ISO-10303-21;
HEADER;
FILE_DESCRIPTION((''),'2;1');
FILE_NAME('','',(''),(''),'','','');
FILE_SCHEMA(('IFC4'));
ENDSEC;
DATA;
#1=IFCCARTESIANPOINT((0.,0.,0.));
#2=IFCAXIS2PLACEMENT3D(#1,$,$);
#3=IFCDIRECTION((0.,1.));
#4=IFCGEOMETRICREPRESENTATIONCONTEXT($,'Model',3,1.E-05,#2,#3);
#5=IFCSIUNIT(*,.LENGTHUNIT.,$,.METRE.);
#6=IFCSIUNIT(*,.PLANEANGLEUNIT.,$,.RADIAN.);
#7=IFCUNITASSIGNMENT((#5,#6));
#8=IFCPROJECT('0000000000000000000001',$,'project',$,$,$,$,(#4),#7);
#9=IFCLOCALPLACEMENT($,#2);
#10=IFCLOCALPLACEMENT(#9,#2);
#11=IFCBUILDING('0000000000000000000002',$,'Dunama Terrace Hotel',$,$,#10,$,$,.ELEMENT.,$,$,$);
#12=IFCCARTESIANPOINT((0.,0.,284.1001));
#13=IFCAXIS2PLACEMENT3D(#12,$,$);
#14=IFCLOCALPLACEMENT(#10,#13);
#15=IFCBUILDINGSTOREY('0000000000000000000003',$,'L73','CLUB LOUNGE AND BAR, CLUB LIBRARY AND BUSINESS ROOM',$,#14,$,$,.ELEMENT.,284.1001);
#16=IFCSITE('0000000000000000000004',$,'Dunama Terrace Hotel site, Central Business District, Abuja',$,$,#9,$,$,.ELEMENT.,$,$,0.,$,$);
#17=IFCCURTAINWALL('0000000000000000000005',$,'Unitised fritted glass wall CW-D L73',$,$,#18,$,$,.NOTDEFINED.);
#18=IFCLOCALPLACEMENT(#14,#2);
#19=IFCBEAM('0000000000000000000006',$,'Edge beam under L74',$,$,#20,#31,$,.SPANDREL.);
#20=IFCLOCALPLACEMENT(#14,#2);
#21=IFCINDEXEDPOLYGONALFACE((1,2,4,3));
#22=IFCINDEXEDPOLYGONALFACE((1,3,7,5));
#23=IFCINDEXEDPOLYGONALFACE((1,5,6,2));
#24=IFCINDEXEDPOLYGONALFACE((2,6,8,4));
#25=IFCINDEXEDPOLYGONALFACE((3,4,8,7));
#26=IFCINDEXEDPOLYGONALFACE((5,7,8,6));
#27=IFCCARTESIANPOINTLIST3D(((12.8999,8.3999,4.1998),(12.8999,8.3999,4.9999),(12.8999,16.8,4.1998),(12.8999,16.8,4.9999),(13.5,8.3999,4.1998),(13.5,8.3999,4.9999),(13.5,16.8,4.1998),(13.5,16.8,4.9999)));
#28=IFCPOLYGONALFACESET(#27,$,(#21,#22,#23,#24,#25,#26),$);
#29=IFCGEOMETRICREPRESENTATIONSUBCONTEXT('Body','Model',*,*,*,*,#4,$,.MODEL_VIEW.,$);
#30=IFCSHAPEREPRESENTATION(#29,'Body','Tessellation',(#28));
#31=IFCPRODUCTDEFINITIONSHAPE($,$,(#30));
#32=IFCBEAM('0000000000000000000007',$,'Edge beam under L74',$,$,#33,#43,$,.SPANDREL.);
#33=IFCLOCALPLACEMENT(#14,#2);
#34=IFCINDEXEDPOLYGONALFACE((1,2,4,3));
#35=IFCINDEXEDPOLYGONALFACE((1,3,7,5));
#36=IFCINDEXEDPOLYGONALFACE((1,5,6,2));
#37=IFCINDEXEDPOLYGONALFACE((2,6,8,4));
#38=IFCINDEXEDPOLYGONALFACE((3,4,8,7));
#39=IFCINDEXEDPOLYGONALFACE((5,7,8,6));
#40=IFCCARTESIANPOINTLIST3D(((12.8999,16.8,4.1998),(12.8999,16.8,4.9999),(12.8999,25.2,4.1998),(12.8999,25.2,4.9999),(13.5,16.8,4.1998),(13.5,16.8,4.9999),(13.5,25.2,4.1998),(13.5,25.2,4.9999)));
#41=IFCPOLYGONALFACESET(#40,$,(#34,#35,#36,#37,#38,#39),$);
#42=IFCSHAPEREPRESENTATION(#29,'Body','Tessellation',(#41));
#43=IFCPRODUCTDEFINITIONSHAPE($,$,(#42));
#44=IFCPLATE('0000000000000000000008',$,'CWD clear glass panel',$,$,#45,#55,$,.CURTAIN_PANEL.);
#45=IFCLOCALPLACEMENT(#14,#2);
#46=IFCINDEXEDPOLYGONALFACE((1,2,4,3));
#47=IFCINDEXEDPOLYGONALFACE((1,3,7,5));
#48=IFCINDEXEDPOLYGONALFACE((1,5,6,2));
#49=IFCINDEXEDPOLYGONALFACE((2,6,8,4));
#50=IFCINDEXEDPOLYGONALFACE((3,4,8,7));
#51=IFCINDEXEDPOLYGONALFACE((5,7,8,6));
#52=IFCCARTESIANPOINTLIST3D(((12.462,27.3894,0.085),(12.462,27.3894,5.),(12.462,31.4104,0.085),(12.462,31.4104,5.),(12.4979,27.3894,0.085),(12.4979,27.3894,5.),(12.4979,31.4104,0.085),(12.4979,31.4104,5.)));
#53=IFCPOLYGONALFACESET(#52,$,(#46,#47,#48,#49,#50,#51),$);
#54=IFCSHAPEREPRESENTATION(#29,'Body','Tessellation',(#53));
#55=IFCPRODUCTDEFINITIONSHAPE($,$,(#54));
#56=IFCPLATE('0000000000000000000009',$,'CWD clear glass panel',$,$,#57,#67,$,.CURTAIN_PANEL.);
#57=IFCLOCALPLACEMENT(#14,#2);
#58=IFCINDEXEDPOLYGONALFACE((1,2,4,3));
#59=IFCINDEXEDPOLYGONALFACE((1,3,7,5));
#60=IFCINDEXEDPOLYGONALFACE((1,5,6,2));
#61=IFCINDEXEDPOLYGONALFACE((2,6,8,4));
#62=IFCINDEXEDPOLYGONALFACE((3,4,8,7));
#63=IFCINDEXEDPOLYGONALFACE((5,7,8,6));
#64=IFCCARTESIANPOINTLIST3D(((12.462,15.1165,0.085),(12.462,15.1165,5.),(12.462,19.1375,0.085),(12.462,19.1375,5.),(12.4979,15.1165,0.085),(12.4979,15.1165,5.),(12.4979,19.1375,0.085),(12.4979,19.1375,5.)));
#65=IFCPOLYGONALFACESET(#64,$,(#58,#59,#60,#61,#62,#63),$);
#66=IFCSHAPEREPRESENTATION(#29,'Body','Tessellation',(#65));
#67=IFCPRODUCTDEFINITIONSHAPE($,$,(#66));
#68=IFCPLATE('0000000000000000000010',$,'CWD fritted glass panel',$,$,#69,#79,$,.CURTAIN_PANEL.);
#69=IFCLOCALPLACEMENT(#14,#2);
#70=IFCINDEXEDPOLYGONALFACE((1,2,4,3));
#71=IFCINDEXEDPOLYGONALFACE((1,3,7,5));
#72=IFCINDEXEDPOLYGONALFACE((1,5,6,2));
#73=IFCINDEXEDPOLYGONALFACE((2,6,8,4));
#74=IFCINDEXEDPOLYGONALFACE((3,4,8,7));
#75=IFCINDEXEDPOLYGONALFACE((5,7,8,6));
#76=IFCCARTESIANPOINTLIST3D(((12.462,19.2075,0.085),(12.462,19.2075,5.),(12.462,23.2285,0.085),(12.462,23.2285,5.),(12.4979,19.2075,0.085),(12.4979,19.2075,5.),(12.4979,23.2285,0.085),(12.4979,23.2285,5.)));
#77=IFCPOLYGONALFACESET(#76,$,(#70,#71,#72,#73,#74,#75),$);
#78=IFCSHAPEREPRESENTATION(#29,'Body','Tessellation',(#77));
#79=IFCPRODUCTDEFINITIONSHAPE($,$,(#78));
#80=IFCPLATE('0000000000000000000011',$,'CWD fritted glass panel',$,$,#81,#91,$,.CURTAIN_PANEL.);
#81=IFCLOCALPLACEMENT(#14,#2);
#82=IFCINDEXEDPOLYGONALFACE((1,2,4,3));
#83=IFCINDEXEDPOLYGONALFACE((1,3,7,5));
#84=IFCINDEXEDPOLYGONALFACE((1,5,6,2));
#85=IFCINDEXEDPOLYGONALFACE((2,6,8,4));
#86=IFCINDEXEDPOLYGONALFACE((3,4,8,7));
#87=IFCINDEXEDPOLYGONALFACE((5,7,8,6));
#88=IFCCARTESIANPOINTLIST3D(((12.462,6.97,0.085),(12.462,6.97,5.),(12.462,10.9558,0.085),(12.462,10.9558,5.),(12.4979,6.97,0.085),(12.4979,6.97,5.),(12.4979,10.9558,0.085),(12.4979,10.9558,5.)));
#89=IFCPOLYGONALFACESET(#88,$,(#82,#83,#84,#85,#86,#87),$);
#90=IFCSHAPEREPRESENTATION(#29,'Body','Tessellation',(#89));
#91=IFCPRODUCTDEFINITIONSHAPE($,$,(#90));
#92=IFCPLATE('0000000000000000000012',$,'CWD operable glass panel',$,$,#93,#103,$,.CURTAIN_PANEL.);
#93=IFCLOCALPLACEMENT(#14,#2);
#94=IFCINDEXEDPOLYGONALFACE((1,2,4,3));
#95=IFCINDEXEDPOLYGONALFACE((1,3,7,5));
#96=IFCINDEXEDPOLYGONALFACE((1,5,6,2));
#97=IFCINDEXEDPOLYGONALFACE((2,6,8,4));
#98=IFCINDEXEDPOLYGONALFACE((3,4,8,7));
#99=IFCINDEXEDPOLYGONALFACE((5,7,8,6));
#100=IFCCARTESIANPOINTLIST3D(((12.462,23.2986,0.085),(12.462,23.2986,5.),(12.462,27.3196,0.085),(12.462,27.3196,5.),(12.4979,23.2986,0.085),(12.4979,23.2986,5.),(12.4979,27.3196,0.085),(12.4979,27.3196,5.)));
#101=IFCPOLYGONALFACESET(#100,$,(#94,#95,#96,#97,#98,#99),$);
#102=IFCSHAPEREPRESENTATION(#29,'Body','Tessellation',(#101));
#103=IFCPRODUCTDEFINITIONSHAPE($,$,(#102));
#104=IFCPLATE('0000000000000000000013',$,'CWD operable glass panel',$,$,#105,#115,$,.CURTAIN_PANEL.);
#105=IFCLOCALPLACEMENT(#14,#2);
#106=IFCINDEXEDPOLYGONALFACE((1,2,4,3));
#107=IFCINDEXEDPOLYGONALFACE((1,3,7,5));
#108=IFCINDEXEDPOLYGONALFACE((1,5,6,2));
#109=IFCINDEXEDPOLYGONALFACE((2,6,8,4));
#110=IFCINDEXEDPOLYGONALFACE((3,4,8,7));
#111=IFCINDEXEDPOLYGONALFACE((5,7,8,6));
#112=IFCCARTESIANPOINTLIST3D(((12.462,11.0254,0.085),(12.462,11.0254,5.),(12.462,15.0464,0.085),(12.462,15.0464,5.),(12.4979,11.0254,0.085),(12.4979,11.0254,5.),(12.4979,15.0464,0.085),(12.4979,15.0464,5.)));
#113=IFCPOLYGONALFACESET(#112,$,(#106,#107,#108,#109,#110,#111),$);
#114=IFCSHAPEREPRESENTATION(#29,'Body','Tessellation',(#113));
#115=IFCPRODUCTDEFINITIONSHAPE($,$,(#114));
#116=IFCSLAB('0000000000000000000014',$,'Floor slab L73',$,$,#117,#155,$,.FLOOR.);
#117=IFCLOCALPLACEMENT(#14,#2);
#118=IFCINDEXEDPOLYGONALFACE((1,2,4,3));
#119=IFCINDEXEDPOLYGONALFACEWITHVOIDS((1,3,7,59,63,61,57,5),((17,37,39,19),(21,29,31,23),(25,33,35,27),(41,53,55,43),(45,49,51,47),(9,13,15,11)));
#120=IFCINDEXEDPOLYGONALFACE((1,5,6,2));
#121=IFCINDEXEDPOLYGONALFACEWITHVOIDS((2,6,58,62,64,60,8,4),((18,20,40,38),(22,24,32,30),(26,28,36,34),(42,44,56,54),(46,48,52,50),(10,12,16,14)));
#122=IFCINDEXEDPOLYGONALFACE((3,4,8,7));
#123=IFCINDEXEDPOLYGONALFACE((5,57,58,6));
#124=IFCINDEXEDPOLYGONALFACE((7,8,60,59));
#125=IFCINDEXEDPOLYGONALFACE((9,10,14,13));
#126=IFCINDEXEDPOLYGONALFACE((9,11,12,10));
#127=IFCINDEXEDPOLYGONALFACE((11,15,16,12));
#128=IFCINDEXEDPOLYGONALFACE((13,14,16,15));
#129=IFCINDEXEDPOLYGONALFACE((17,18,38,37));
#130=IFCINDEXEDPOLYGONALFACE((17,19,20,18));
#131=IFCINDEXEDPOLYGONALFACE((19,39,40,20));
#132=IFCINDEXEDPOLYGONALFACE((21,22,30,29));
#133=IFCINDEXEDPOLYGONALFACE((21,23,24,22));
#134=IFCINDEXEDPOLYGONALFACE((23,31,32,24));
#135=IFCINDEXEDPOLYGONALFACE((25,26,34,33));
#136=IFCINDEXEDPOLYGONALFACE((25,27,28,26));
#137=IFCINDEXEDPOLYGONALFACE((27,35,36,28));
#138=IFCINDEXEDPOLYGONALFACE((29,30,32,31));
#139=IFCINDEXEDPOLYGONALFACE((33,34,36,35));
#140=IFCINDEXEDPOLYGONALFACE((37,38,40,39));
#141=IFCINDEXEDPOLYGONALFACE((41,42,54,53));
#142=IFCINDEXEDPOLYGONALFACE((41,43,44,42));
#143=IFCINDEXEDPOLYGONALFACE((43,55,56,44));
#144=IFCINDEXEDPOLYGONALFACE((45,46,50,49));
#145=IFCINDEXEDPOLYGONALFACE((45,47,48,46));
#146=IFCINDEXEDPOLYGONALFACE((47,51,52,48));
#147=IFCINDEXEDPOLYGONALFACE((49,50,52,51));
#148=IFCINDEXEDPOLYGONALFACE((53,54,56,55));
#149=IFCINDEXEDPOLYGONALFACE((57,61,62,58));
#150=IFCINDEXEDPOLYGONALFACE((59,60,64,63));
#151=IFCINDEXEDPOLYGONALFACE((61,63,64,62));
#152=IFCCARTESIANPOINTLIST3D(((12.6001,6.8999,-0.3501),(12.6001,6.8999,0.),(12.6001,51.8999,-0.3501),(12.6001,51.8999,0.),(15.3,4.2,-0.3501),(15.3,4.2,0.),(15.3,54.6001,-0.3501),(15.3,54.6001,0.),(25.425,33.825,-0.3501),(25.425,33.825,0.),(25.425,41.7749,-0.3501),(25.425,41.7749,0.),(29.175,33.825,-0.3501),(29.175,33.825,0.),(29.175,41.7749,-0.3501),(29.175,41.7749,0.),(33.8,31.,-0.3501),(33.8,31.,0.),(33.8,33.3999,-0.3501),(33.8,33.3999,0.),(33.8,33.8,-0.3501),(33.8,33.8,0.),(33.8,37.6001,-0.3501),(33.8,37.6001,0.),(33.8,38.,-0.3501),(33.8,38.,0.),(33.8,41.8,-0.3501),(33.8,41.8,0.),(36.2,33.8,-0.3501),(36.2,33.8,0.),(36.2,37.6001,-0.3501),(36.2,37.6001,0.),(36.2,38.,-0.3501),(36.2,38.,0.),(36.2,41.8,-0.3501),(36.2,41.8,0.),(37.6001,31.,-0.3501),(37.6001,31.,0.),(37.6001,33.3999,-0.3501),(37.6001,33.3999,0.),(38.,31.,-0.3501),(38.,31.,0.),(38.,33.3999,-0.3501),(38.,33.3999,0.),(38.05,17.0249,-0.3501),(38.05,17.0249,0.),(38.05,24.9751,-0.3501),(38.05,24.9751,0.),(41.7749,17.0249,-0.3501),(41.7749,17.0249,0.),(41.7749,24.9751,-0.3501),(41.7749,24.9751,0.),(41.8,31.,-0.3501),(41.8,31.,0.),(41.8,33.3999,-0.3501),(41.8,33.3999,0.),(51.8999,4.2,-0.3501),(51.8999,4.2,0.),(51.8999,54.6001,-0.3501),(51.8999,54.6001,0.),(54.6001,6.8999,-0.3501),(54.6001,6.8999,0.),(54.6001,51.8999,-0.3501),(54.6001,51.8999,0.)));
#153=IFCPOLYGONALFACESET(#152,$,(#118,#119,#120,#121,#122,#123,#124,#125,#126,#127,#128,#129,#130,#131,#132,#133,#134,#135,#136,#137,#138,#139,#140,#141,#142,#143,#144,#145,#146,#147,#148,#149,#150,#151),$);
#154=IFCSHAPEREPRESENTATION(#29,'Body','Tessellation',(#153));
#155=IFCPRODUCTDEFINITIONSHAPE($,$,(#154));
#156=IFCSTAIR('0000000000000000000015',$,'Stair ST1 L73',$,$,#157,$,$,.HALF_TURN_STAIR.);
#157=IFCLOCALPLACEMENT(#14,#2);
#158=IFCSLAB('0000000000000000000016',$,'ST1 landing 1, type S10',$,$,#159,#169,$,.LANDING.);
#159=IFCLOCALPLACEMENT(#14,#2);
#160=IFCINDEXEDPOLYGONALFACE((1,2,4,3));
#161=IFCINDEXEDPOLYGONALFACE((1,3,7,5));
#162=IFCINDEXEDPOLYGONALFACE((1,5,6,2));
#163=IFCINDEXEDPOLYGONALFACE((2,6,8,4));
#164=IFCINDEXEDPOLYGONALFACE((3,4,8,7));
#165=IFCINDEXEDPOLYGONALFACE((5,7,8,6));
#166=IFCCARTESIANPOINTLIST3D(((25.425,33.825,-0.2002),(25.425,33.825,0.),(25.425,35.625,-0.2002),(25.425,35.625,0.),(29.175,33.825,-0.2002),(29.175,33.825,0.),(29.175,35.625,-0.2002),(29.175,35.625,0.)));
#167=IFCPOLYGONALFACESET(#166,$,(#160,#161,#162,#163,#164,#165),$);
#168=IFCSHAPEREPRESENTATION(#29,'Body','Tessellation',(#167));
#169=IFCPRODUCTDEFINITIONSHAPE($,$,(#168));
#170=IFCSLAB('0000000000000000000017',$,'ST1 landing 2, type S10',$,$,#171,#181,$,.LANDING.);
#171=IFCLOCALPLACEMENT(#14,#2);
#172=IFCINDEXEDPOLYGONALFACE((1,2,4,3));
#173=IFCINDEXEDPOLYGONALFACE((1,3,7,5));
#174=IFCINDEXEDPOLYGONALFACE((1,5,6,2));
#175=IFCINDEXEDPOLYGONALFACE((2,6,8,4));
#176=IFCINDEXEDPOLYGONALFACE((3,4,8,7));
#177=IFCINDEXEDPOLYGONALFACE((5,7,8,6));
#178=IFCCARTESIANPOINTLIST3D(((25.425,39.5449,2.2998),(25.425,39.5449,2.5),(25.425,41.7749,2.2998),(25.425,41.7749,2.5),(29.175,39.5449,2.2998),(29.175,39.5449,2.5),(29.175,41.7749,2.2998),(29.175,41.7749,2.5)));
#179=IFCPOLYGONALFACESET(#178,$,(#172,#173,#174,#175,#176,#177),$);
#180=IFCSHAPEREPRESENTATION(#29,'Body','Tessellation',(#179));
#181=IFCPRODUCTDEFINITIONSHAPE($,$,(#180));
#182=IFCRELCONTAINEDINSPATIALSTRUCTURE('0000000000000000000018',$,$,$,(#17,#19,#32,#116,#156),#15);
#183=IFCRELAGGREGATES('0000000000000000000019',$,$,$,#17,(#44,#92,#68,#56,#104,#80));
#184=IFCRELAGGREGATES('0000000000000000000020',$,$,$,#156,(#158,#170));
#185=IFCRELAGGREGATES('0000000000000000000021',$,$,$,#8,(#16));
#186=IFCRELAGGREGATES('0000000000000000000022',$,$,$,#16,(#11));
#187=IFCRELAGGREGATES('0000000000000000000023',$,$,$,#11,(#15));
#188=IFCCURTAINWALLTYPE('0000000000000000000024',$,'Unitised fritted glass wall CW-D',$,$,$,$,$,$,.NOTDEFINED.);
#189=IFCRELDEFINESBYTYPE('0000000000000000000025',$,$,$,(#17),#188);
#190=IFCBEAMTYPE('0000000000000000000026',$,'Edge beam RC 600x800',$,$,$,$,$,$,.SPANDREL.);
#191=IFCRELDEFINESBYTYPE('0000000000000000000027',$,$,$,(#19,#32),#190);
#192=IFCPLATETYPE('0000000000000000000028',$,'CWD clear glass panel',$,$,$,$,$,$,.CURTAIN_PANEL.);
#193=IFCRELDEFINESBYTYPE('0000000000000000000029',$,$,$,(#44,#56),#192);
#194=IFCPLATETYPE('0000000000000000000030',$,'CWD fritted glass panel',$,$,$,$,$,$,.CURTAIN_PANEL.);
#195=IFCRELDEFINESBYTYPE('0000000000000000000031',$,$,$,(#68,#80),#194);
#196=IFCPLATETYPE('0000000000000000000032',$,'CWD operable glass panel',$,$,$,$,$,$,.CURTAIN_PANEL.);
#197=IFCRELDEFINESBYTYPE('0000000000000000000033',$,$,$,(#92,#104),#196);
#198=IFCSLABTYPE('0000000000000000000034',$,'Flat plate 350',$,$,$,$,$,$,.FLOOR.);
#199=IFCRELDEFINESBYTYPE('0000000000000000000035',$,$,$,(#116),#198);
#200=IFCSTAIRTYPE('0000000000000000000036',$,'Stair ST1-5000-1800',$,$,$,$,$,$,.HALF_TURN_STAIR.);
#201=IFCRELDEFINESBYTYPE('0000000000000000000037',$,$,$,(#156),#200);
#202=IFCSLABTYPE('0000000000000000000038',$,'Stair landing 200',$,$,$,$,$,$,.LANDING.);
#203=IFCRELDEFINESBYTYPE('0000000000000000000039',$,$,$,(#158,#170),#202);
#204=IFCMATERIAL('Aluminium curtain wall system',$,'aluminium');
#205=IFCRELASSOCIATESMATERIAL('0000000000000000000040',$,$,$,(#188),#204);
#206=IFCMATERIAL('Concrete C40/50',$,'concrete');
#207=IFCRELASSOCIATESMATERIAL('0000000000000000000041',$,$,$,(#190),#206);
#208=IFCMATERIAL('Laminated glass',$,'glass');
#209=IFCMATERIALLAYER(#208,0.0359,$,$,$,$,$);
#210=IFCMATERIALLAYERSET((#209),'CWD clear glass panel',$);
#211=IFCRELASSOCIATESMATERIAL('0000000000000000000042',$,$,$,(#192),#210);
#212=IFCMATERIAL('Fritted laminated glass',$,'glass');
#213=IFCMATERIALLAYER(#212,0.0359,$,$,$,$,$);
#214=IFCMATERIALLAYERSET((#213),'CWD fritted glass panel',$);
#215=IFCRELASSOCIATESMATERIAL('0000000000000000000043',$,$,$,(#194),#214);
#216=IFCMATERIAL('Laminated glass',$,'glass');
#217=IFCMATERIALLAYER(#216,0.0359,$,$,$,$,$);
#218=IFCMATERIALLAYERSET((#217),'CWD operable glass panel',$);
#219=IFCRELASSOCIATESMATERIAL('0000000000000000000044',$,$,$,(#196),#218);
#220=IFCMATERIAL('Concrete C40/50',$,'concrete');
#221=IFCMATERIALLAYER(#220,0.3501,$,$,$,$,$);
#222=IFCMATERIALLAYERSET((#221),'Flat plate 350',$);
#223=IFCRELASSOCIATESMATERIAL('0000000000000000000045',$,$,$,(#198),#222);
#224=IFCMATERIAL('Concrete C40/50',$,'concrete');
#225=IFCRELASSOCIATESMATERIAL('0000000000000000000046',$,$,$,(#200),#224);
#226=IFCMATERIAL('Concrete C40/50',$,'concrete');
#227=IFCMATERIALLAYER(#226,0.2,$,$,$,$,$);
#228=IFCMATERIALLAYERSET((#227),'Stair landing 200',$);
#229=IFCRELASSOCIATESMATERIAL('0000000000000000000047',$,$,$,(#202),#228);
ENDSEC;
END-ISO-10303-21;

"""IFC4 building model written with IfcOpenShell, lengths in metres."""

from ifc_helpers import new_model, si_unit, direction, frame, origin, origin_2d, place, context, subcontext, project, spatial, polyline, rectangle, outline, extrude, material, layer, layer_set, material_profile, profile_set, type_object, element, aggregate, save


model = new_model("IFC4")

# Units and contexts
model_context = context("Model", 3, precision=1e-05, world=origin(), true_north=direction((0.0, 1.0)))
body_context = subcontext(model_context, "Body", "Model", "MODEL_VIEW")
ifc_project = project(units=[si_unit("LENGTHUNIT", "METRE"), si_unit("PLANEANGLEUNIT", "RADIAN")], contexts=[model_context])

# Site, building, storey
site_placement = place(None, origin())
site = spatial("IfcSite", under=ifc_project, at=site_placement, Name="Dunama Terrace Hotel site, Central Business District, Abuja", CompositionType="ELEMENT", RefElevation=0.0)
building_placement = place(site_placement, origin())
building = spatial("IfcBuilding", under=site, at=building_placement, Name="Dunama Terrace Hotel", CompositionType="ELEMENT")
storey_placement = place(building_placement, frame((0.0, 0.0, 284.1001)))
storey = spatial("IfcBuildingStorey", under=building, at=storey_placement, Name="L73", Description="CLUB LOUNGE AND BAR, CLUB LIBRARY AND BUSINESS ROOM", CompositionType="ELEMENT", Elevation=284.1001)

# Curtain wall
ifc_material_1 = material(Name="Aluminium curtain wall system", Category="aluminium")
curtain_wall_type = type_object("IfcCurtainWallType", Name="Unitised fritted glass wall CW-D", PredefinedType="NOTDEFINED", material=ifc_material_1)
curtain_wall_1_placement = place(storey_placement, origin())
curtain_wall_1 = element("IfcCurtainWall", 1, at=curtain_wall_1_placement, inside=storey, type_object=curtain_wall_type, Name="Unitised fritted glass wall CW-D L73", PredefinedType="NOTDEFINED")

# Beams
ifc_material_2 = material(Name="Concrete C40/50", Category="concrete")
ifc_material_profile_1 = material_profile(ifc_material_2, rectangle(XDim=0.6001, YDim=0.8, at=origin_2d()), Name="RC 600x800")
ifc_profile_set_1 = profile_set([ifc_material_profile_1], Name="Concrete C40/50")
beam_type = type_object("IfcBeamType", Name="Edge beam RC 600x800", PredefinedType="SPANDREL", material=ifc_profile_set_1)
beam_1_placement = place(storey_placement, frame((13.2, 8.3999, 4.5999), z_axis=(0.0, 1.0, 0.0), x_axis=(-1.0, 0.0, 0.0)))
element("IfcBeam", 2, at=beam_1_placement, inside=storey, type_object=beam_type, Name="Edge beam under L74", PredefinedType="SPANDREL", context=body_context, shape_type="SweptSolid", body=[
    extrude(rectangle(XDim=0.6001, YDim=0.8, at=origin_2d()), origin(), (0.0, 0.0, 1.0), 8.4001),
])
beam_2_placement = place(storey_placement, frame((13.2, 16.8, 4.5999), z_axis=(0.0, 1.0, 0.0), x_axis=(-1.0, 0.0, 0.0)))
element("IfcBeam", 3, at=beam_2_placement, inside=storey, type_object=beam_type, Name="Edge beam under L74", PredefinedType="SPANDREL", context=body_context, shape_type="SweptSolid", body=[
    extrude(rectangle(XDim=0.6001, YDim=0.8, at=origin_2d()), origin(), (0.0, 0.0, 1.0), 8.3999),
])

# Plates
ifc_material_3 = material(Name="Laminated glass", Category="glass")
ifc_layer_1 = layer(ifc_material_3, 0.0359)
ifc_layer_set_1 = layer_set([ifc_layer_1], Name="CWD clear glass panel")
plate_type_1 = type_object("IfcPlateType", Name="CWD clear glass panel", PredefinedType="CURTAIN_PANEL", material=ifc_layer_set_1)
plate_1_placement = place(storey_placement, frame((12.48, 29.3999, 0.085), z_axis=(0.0, 0.0, 1.0), x_axis=(0.0, -1.0, 0.0)))
plate_1 = element("IfcPlate", 4, at=plate_1_placement, type_object=plate_type_1, Name="CWD clear glass panel", PredefinedType="CURTAIN_PANEL", context=body_context, shape_type="SweptSolid", body=[
    extrude(rectangle(XDim=4.021, YDim=0.0359, at=origin_2d()), origin(), (0.0, 0.0, 1.0), 4.915),
])
plate_2_placement = place(storey_placement, frame((12.48, 17.127, 0.085), z_axis=(0.0, 0.0, 1.0), x_axis=(0.0, -1.0, 0.0)))
plate_2 = element("IfcPlate", 5, at=plate_2_placement, type_object=plate_type_1, Name="CWD clear glass panel", PredefinedType="CURTAIN_PANEL", context=body_context, shape_type="SweptSolid", body=[
    extrude(rectangle(XDim=4.021, YDim=0.0359, at=origin_2d()), origin(), (0.0, 0.0, 1.0), 4.915),
])
ifc_material_4 = material(Name="Fritted laminated glass", Category="glass")
ifc_layer_2 = layer(ifc_material_4, 0.0359)
ifc_layer_set_2 = layer_set([ifc_layer_2], Name="CWD fritted glass panel")
plate_type_2 = type_object("IfcPlateType", Name="CWD fritted glass panel", PredefinedType="CURTAIN_PANEL", material=ifc_layer_set_2)
plate_3_placement = place(storey_placement, frame((12.48, 21.218, 0.085), z_axis=(0.0, 0.0, 1.0), x_axis=(0.0, -1.0, 0.0)))
plate_3 = element("IfcPlate", 6, at=plate_3_placement, type_object=plate_type_2, Name="CWD fritted glass panel", PredefinedType="CURTAIN_PANEL", context=body_context, shape_type="SweptSolid", body=[
    extrude(rectangle(XDim=4.021, YDim=0.0359, at=origin_2d()), origin(), (0.0, 0.0, 1.0), 4.915),
])
plate_4_placement = place(storey_placement, frame((12.48, 8.9629, 0.085), z_axis=(0.0, 0.0, 1.0), x_axis=(0.0, -1.0, 0.0)))
plate_4 = element("IfcPlate", 7, at=plate_4_placement, type_object=plate_type_2, Name="CWD fritted glass panel", PredefinedType="CURTAIN_PANEL", context=body_context, shape_type="SweptSolid", body=[
    extrude(rectangle(XDim=3.9858, YDim=0.0359, at=origin_2d()), origin(), (0.0, 0.0, 1.0), 4.915),
])
ifc_material_5 = material(Name="Laminated glass", Category="glass")
ifc_layer_3 = layer(ifc_material_5, 0.0359)
ifc_layer_set_3 = layer_set([ifc_layer_3], Name="CWD operable glass panel")
plate_type_3 = type_object("IfcPlateType", Name="CWD operable glass panel", PredefinedType="CURTAIN_PANEL", material=ifc_layer_set_3)
plate_5_placement = place(storey_placement, frame((12.48, 25.3091, 0.085), z_axis=(0.0, 0.0, 1.0), x_axis=(0.0, -1.0, 0.0)))
plate_5 = element("IfcPlate", 8, at=plate_5_placement, type_object=plate_type_3, Name="CWD operable glass panel", PredefinedType="CURTAIN_PANEL", context=body_context, shape_type="SweptSolid", body=[
    extrude(rectangle(XDim=4.021, YDim=0.0359, at=origin_2d()), origin(), (0.0, 0.0, 1.0), 4.915),
])
plate_6_placement = place(storey_placement, frame((12.48, 13.0359, 0.085), z_axis=(0.0, 0.0, 1.0), x_axis=(0.0, -1.0, 0.0)))
plate_6 = element("IfcPlate", 9, at=plate_6_placement, type_object=plate_type_3, Name="CWD operable glass panel", PredefinedType="CURTAIN_PANEL", context=body_context, shape_type="SweptSolid", body=[
    extrude(rectangle(XDim=4.021, YDim=0.0359, at=origin_2d()), origin(), (0.0, 0.0, 1.0), 4.915),
])
aggregate(curtain_wall_1, [plate_1, plate_5, plate_3, plate_2, plate_6, plate_4])

# Slab
ifc_material_6 = material(Name="Concrete C40/50", Category="concrete")
ifc_layer_4 = layer(ifc_material_6, 0.3501)
ifc_layer_set_4 = layer_set([ifc_layer_4], Name="Flat plate 350")
slab_type_1 = type_object("IfcSlabType", Name="Flat plate 350", PredefinedType="FLOOR", material=ifc_layer_set_4)
slab_1_placement = place(storey_placement, frame((0.0, 0.0, -0.3501)))
element("IfcSlab", 10, at=slab_1_placement, inside=storey, type_object=slab_type_1, Name="Floor slab L73", PredefinedType="FLOOR", context=body_context, shape_type="SweptSolid", body=[
    extrude(outline(polyline([(15.3, 4.2), (51.8999, 4.2), (54.6001, 6.8999), (54.6001, 51.8999), (51.8999, 54.6001), (15.3, 54.6001), (12.6001, 51.8999), (12.6001, 6.8999), (15.3, 4.2)]), holes=[polyline([(37.6001, 31.0), (37.6001, 33.3999), (33.8, 33.3999), (33.8, 31.0), (37.6001, 31.0)]), polyline([(41.8, 31.0), (41.8, 33.3999), (38.0, 33.3999), (38.0, 31.0), (41.8, 31.0)]), polyline([(36.2, 38.0), (36.2, 41.8), (33.8, 41.8), (33.8, 38.0), (36.2, 38.0)]), polyline([(36.2, 33.8), (36.2, 37.6001), (33.8, 37.6001), (33.8, 33.8), (36.2, 33.8)]), polyline([(29.175, 33.825), (29.175, 41.7749), (25.425, 41.7749), (25.425, 33.825), (29.175, 33.825)]), polyline([(41.7749, 17.0249), (41.7749, 24.9751), (38.05, 24.9751), (38.05, 17.0249), (41.7749, 17.0249)])]), origin(), (0.0, 0.0, 1.0), 0.3501),
])

# Stair, slabs
ifc_material_7 = material(Name="Concrete C40/50", Category="concrete")
stair_type_1 = type_object("IfcStairType", Name="Stair ST1-5000-1800", PredefinedType="HALF_TURN_STAIR", material=ifc_material_7)
stair_1_placement = place(storey_placement, origin())
stair_1 = element("IfcStair", 11, at=stair_1_placement, inside=storey, type_object=stair_type_1, Name="Stair ST1 L73", PredefinedType="HALF_TURN_STAIR")
ifc_material_8 = material(Name="Concrete C40/50", Category="concrete")
ifc_layer_5 = layer(ifc_material_8, 0.2)
ifc_layer_set_5 = layer_set([ifc_layer_5], Name="Stair landing 200")
slab_type_2 = type_object("IfcSlabType", Name="Stair landing 200", PredefinedType="LANDING", material=ifc_layer_set_5)
slab_2_placement = place(storey_placement, frame((0.0, 0.0, -0.2002)))
slab_2 = element("IfcSlab", 12, at=slab_2_placement, type_object=slab_type_2, Name="ST1 landing 1, type S10", PredefinedType="LANDING", context=body_context, shape_type="SweptSolid", body=[
    extrude(outline(polyline([(25.425, 33.825), (29.175, 33.825), (29.175, 35.625), (25.425, 35.625), (25.425, 33.825)])), origin(), (0.0, 0.0, 1.0), 0.2002),
])
slab_3_placement = place(storey_placement, frame((0.0, 0.0, 2.2998)))
slab_3 = element("IfcSlab", 13, at=slab_3_placement, type_object=slab_type_2, Name="ST1 landing 2, type S10", PredefinedType="LANDING", context=body_context, shape_type="SweptSolid", body=[
    extrude(outline(polyline([(25.425, 39.5449), (29.175, 39.5449), (29.175, 41.7749), (25.425, 41.7749), (25.425, 39.5449)])), origin(), (0.0, 0.0, 1.0), 0.2002),
])
aggregate(stair_1, [slab_2, slab_3])

save(model, "model.ifc")
